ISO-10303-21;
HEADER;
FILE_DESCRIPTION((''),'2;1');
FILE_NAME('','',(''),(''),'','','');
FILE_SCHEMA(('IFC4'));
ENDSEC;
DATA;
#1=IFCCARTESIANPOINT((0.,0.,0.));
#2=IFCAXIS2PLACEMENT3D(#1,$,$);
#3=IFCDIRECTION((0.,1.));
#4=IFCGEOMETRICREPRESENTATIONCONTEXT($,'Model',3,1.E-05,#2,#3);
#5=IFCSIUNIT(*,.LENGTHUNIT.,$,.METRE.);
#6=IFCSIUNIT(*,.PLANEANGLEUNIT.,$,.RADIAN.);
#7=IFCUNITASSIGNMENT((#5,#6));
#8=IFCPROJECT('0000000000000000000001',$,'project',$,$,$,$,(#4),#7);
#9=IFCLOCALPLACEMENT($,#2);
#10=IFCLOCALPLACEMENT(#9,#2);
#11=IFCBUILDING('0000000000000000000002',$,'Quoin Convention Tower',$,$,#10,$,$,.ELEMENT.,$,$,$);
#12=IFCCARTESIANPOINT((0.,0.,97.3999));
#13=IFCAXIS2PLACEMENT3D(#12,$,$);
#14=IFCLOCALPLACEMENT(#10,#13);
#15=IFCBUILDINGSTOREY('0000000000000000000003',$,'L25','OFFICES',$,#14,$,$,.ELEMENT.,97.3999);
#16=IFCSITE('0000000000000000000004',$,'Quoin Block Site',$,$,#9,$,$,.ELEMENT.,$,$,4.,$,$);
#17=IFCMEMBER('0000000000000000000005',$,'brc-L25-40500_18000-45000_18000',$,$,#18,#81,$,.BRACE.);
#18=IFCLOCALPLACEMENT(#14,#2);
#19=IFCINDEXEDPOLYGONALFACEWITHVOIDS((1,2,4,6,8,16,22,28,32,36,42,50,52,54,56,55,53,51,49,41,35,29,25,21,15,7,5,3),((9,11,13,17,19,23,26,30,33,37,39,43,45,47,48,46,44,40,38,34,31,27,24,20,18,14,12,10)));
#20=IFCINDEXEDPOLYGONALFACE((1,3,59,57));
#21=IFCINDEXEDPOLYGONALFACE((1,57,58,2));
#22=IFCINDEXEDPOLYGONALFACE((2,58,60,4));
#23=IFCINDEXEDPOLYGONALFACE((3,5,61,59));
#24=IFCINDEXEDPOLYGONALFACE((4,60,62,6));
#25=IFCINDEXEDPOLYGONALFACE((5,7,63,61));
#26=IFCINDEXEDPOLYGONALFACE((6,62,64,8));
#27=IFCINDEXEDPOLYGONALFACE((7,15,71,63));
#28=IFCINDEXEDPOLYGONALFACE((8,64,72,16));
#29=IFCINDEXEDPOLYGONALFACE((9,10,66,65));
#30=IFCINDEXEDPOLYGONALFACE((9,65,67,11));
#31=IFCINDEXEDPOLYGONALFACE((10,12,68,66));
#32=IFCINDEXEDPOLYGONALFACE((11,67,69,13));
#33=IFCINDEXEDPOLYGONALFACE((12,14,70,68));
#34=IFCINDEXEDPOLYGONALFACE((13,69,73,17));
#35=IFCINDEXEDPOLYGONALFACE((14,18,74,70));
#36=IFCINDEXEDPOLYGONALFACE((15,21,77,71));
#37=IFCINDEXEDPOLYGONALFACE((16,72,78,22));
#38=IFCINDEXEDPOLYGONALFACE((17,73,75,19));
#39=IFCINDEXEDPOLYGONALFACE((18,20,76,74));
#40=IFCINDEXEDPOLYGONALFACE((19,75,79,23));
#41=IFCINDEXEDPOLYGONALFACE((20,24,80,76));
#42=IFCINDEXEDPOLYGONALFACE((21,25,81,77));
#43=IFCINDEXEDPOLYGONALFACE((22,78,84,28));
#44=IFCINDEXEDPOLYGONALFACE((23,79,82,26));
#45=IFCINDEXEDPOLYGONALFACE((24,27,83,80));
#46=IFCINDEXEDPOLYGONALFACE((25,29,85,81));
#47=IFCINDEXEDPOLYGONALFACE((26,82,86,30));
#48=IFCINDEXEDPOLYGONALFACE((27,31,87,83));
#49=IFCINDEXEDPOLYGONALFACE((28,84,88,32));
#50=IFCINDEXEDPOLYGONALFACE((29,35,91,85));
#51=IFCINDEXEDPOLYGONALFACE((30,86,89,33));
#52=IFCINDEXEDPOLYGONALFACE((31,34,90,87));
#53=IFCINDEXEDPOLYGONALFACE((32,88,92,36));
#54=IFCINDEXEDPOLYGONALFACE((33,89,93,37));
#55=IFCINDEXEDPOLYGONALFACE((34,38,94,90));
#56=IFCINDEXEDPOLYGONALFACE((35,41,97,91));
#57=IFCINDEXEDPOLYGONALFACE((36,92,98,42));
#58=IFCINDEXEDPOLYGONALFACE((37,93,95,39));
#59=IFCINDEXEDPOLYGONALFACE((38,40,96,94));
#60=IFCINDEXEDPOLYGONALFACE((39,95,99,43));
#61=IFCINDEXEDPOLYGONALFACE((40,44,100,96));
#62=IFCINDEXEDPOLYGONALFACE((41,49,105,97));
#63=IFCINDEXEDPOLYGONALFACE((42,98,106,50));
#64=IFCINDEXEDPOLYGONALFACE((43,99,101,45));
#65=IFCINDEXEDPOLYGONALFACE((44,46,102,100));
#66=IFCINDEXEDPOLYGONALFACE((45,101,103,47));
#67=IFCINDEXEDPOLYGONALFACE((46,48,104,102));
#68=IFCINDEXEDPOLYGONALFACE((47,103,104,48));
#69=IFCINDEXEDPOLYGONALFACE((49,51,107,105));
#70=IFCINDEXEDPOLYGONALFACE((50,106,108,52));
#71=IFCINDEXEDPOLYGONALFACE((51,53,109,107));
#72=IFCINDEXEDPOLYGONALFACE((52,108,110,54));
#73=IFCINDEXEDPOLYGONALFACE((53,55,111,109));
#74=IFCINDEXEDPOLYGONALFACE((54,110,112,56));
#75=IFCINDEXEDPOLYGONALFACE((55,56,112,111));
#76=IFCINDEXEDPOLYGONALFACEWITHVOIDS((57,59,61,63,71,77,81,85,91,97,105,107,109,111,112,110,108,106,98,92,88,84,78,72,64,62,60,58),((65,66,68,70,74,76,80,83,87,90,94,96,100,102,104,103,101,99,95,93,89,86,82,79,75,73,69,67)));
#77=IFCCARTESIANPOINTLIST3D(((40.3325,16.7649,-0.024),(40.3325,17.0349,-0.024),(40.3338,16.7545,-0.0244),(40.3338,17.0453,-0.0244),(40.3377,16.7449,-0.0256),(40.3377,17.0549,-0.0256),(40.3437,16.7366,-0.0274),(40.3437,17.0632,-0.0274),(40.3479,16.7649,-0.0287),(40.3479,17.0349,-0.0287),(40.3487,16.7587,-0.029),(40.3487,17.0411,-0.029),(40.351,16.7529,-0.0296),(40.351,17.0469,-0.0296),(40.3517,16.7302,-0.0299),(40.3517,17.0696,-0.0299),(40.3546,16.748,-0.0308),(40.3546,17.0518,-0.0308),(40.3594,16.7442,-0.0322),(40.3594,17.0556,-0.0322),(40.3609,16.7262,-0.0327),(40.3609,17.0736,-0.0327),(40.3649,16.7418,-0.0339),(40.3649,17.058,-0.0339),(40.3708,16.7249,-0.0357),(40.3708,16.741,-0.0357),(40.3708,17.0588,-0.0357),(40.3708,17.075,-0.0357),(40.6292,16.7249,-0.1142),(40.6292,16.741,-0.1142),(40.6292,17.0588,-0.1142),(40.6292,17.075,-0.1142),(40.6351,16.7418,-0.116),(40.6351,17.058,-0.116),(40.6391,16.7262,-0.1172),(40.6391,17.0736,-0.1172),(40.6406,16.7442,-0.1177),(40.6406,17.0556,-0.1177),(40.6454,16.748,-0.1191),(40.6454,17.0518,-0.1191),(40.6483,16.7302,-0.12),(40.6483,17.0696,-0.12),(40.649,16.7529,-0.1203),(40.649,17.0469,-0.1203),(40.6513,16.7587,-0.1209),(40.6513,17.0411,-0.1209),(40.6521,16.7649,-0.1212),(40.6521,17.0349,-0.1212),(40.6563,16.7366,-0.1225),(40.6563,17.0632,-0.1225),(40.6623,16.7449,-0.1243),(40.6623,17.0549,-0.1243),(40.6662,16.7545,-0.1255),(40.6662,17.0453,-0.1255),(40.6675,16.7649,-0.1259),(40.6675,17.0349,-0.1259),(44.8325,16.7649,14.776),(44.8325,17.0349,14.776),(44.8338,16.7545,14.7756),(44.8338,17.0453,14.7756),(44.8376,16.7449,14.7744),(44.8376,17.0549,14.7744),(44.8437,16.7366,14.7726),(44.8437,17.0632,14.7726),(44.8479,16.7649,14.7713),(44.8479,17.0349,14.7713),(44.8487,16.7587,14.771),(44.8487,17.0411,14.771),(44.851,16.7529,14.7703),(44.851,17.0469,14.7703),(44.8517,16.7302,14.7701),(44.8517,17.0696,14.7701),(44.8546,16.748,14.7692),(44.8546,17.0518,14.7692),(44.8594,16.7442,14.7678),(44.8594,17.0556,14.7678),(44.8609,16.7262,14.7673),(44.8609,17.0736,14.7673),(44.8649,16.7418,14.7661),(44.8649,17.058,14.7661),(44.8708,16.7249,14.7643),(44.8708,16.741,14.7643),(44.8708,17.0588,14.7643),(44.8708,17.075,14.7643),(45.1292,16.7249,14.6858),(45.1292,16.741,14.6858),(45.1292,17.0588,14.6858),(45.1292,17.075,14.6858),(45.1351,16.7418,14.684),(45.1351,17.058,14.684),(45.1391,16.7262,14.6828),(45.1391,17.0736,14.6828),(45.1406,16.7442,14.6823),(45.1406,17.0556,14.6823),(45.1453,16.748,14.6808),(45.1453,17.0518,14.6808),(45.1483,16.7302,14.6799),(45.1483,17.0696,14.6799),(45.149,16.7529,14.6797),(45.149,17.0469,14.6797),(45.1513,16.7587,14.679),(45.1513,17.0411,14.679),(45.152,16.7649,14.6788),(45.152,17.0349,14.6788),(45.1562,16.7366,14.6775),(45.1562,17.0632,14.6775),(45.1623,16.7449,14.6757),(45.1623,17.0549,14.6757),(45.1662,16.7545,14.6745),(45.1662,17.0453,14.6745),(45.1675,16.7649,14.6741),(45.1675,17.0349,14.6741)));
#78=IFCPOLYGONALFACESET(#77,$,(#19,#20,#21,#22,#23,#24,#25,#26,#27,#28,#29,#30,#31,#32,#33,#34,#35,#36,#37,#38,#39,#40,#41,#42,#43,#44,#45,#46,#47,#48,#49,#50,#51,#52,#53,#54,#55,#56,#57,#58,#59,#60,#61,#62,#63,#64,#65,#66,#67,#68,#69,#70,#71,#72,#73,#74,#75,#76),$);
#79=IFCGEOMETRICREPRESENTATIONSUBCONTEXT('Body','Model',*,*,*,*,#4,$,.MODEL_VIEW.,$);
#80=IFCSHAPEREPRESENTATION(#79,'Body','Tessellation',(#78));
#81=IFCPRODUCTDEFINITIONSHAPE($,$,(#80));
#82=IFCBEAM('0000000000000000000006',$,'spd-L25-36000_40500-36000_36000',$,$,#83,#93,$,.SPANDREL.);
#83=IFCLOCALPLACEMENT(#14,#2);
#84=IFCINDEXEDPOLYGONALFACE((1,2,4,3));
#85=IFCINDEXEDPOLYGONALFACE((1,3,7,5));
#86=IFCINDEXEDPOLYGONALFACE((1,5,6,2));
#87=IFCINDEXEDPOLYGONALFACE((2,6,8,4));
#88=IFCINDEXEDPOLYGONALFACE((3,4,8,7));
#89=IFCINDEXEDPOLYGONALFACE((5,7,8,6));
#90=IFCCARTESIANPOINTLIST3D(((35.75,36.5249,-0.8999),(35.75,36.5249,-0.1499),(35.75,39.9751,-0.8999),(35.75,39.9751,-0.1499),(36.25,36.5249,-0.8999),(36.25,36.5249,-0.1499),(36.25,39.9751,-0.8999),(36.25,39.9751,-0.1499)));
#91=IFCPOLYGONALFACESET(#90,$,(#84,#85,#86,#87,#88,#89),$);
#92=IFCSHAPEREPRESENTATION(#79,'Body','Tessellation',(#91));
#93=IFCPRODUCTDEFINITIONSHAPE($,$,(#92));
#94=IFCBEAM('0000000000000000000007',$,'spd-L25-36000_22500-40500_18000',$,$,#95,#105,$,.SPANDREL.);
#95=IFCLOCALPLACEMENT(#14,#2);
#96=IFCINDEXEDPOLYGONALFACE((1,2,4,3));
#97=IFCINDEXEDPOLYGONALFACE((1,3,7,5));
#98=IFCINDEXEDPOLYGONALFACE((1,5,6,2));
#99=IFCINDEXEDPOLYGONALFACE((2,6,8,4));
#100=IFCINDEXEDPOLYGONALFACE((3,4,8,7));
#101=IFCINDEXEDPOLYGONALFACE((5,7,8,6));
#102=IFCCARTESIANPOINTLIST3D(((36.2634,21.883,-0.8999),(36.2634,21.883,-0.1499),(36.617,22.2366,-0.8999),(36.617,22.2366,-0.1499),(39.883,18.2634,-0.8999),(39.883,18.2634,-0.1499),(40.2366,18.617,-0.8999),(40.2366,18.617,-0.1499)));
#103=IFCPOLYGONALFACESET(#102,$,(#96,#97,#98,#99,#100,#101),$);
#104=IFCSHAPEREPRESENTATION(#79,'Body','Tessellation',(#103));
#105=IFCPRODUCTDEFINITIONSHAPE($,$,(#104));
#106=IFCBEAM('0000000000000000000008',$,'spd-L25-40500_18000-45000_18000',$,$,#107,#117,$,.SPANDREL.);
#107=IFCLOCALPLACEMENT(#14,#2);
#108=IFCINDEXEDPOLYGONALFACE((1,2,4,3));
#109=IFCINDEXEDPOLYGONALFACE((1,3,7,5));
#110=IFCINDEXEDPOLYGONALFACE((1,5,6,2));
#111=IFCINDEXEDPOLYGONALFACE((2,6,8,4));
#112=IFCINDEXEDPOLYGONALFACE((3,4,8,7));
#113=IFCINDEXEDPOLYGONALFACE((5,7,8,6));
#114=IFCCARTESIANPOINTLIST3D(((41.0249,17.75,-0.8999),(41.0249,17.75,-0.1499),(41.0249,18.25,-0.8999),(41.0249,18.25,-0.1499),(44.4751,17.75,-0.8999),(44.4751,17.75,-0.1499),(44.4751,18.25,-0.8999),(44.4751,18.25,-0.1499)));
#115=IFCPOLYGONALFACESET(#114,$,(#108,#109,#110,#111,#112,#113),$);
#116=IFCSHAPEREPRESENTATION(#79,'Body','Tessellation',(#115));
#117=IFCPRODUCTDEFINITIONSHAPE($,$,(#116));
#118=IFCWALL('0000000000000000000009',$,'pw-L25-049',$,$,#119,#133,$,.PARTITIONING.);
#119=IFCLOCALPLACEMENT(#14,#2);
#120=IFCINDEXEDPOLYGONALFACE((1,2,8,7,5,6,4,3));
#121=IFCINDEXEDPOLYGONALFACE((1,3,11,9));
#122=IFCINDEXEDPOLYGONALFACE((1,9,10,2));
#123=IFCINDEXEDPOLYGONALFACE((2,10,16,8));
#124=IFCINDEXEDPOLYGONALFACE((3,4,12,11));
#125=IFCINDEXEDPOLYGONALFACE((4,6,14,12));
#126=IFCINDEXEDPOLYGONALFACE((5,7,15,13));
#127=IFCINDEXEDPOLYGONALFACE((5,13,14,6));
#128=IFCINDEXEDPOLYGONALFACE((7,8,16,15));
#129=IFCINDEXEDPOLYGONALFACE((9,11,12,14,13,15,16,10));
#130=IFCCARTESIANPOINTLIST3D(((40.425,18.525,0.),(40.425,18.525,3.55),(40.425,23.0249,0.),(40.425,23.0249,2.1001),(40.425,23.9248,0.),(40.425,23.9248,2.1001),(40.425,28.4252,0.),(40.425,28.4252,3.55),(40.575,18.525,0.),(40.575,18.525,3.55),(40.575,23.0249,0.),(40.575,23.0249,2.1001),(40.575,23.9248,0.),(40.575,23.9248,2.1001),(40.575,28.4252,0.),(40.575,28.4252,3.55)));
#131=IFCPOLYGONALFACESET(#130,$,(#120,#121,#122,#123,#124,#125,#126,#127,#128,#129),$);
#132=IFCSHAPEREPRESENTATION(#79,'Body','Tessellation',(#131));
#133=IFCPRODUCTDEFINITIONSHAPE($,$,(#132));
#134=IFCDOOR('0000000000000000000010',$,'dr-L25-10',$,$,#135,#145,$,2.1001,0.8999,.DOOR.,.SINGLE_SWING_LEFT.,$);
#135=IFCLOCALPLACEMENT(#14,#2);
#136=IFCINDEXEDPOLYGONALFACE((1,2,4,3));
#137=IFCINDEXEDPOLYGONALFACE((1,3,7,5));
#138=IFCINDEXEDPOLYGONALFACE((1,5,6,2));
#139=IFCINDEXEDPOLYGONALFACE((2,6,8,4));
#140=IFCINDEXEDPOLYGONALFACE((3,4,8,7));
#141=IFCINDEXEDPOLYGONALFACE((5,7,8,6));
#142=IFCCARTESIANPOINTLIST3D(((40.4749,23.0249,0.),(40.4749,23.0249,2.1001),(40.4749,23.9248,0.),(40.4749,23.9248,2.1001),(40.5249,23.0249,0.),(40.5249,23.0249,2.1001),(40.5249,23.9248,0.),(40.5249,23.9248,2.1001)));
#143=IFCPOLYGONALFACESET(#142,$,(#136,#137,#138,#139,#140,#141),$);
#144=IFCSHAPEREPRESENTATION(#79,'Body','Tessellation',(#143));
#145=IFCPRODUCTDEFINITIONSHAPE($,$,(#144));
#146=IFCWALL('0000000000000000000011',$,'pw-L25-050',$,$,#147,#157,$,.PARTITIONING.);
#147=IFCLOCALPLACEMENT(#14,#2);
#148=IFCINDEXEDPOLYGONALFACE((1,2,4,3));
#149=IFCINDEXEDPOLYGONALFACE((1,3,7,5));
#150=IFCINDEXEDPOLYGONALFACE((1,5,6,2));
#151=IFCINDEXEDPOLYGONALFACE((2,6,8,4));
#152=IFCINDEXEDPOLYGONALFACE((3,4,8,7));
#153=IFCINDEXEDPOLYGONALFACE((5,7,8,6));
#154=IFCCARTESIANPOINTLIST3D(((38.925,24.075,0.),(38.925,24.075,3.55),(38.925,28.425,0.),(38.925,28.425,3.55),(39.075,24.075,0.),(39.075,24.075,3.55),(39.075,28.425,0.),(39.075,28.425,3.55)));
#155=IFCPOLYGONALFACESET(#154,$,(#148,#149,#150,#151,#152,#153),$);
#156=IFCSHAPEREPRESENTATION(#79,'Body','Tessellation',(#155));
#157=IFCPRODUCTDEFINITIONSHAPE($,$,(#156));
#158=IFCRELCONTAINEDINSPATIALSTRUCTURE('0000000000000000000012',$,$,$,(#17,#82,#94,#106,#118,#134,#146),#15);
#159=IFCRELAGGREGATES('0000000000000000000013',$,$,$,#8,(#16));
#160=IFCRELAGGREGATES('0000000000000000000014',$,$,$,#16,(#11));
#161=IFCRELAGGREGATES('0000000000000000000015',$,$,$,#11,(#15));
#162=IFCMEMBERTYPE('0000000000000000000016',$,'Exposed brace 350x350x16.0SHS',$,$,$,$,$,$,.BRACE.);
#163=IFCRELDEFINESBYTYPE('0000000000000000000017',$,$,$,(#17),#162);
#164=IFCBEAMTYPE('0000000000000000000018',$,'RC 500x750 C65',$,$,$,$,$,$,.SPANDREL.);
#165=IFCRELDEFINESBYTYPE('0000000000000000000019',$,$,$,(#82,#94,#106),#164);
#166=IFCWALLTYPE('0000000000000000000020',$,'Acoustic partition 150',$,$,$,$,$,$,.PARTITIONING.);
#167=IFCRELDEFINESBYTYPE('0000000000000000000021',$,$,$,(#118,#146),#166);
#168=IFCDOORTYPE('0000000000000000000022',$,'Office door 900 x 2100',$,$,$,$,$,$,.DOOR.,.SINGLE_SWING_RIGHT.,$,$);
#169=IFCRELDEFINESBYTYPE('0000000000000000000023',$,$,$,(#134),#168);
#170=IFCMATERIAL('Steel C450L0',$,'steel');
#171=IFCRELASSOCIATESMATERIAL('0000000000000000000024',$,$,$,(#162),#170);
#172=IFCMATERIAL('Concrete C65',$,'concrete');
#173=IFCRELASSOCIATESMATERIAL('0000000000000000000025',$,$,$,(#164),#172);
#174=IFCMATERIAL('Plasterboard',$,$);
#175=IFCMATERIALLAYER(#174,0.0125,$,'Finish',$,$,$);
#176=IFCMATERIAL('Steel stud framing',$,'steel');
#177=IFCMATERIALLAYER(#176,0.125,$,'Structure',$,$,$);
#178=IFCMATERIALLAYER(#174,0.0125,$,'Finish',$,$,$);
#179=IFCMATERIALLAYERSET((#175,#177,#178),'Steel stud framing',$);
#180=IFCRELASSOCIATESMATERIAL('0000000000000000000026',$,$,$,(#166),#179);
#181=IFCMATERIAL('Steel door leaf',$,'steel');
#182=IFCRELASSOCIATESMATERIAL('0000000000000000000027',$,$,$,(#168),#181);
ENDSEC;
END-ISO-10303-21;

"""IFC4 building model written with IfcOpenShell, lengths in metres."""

from ifc_helpers import new_model, si_unit, direction, frame, frame_2d, origin, origin_2d, place, context, subcontext, project, spatial, rectangle, hollow_rectangle, extrude, material, layer, layer_set, material_profile, profile_set, type_object, element, fill, save


model = new_model("IFC4")

# Units and contexts
model_context = context("Model", 3, precision=1e-05, world=origin(), true_north=direction((0.0, 1.0)))
body_context = subcontext(model_context, "Body", "Model", "MODEL_VIEW")
ifc_project = project(units=[si_unit("LENGTHUNIT", "METRE"), si_unit("PLANEANGLEUNIT", "RADIAN")], contexts=[model_context])

# Site, building, storey
site_placement = place(None, origin())
site = spatial("IfcSite", under=ifc_project, at=site_placement, Name="Quoin Block Site", CompositionType="ELEMENT", RefElevation=4.0)
building_placement = place(site_placement, origin())
building = spatial("IfcBuilding", under=site, at=building_placement, Name="Quoin Convention Tower", CompositionType="ELEMENT")
storey_placement = place(building_placement, frame((0.0, 0.0, 97.3999)))
storey = spatial("IfcBuildingStorey", under=building, at=storey_placement, Name="L25", Description="OFFICES", CompositionType="ELEMENT", Elevation=97.3999)

# Shared definitions
ifc_material_1 = material(Name="Concrete C65", Category="concrete")

# Member
ifc_material_2 = material(Name="Steel C450L0", Category="steel")
ifc_material_profile_1 = material_profile(ifc_material_2, hollow_rectangle(XDim=0.3501, YDim=0.3501, WallThickness=0.0161, InnerFilletRadius=0.0239, OuterFilletRadius=0.04, at=origin_2d()), Name="350x350x16.0SHS")
ifc_profile_set_1 = profile_set([ifc_material_profile_1], Name="Steel C450L0")
member_type = type_object("IfcMemberType", Name="Exposed brace 350x350x16.0SHS", PredefinedType="BRACE", material=ifc_profile_set_1)
member_placement = place(storey_placement, frame((40.5, 16.8999, -0.075), z_axis=(0.290903, 0.0, 0.956752), x_axis=(0.0, 1.0, 0.0)))
element("IfcMember", 1, at=member_placement, inside=storey, type_object=member_type, Name="brc-L25-40500_18000-45000_18000", PredefinedType="BRACE", context=body_context, shape_type="SweptSolid", body=[
    extrude(hollow_rectangle(XDim=0.3501, YDim=0.3501, WallThickness=0.0161, InnerFilletRadius=0.0239, OuterFilletRadius=0.04, at=origin_2d()), origin(), (0.0, 0.0, 1.0), 15.469),
])

# Beams
ifc_material_profile_2 = material_profile(ifc_material_1, rectangle(XDim=0.5, YDim=0.75, at=origin_2d()), Name="RC 500x750")
ifc_profile_set_2 = profile_set([ifc_material_profile_2], Name="Concrete C65")
beam_type_1 = type_object("IfcBeamType", Name="RC 500x750 C65", PredefinedType="SPANDREL", material=ifc_profile_set_2)
beam_1_placement = place(storey_placement, frame((36.0, 39.9751, -0.5249), z_axis=(0.0, -1.0, 0.0), x_axis=(1.0, 0.0, 0.0)))
element("IfcBeam", 2, at=beam_1_placement, inside=storey, type_object=beam_type_1, Name="spd-L25-36000_40500-36000_36000", PredefinedType="SPANDREL", context=body_context, shape_type="SweptSolid", body=[
    extrude(rectangle(XDim=0.5, YDim=0.75, at=origin_2d()), origin(), (0.0, 0.0, 1.0), 3.4502),
])
beam_2_placement = place(storey_placement, frame((36.4402, 22.0598, -0.5249), z_axis=(0.707107, -0.707107, 0.0), x_axis=(0.707107, 0.707107, 0.0)))
element("IfcBeam", 3, at=beam_2_placement, inside=storey, type_object=beam_type_1, Name="spd-L25-36000_22500-40500_18000", PredefinedType="SPANDREL", context=body_context, shape_type="SweptSolid", body=[
    extrude(rectangle(XDim=0.5, YDim=0.75, at=origin_2d()), origin(), (0.0, 0.0, 1.0), 5.1189),
])
beam_3_placement = place(storey_placement, frame((41.0249, 18.0, -0.5249), z_axis=(1.0, 0.0, 0.0), x_axis=(0.0, 1.0, 0.0)))
element("IfcBeam", 4, at=beam_3_placement, inside=storey, type_object=beam_type_1, Name="spd-L25-40500_18000-45000_18000", PredefinedType="SPANDREL", context=body_context, shape_type="SweptSolid", body=[
    extrude(rectangle(XDim=0.5, YDim=0.75, at=origin_2d()), origin(), (0.0, 0.0, 1.0), 3.4502),
])

# Wall, opening, door
ifc_material_3 = material(Name="Plasterboard")
ifc_layer_1 = layer(ifc_material_3, 0.0125, Name="Finish")
ifc_material_4 = material(Name="Steel stud framing", Category="steel")
ifc_layer_2 = layer(ifc_material_4, 0.125, Name="Structure")
ifc_layer_3 = layer(ifc_material_3, 0.0125, Name="Finish")
ifc_layer_set_1 = layer_set([ifc_layer_1, ifc_layer_2, ifc_layer_3], Name="Steel stud framing")
wall_type_1 = type_object("IfcWallType", Name="Acoustic partition 150", PredefinedType="PARTITIONING", material=ifc_layer_set_1)
wall_1_placement = place(storey_placement, frame((40.5, 18.5249, 0.0), z_axis=(0.0, 0.0, 1.0), x_axis=(0.0, 1.0, 0.0)))
wall_1 = element("IfcWall", 5, at=wall_1_placement, inside=storey, type_object=wall_type_1, Name="pw-L25-049", PredefinedType="PARTITIONING", context=body_context, shape_type="SweptSolid", body=[
    extrude(rectangle(XDim=9.9001, YDim=0.1499, at=frame_2d((4.9502, 0.0))), origin(), (0.0, 0.0, 1.0), 3.55),
])
opening_1_placement = place(wall_1_placement, frame((4.5, 0.0, 0.0)))
opening_1 = element("IfcOpeningElement", 6, at=opening_1_placement, cuts=wall_1, PredefinedType="OPENING", context=body_context, shape_type="SweptSolid", body=[
    extrude(rectangle(XDim=0.8999, YDim=2.1001, at=frame_2d((0.45, 1.05))), frame((0.0, 0.085, 0.0), z_axis=(0.0, -1.0, 0.0), x_axis=(1.0, 0.0, 0.0)), (0.0, 0.0, 1.0), 0.1699),
])
ifc_material_5 = material(Name="Steel door leaf", Category="steel")
door_type_1 = type_object("IfcDoorType", Name="Office door 900 x 2100", OperationType="SINGLE_SWING_RIGHT", PredefinedType="DOOR", material=ifc_material_5)
door_1_placement = place(opening_1_placement, frame((0.8999, 0.0, 0.0), z_axis=(0.0, 0.0, 1.0), x_axis=(-1.0, 0.0, 0.0)))
door_1 = element("IfcDoor", 7, at=door_1_placement, inside=storey, type_object=door_type_1, Name="dr-L25-10", OperationType="SINGLE_SWING_LEFT", OverallHeight=2.1001, OverallWidth=0.8999, PredefinedType="DOOR", context=body_context, shape_type="SweptSolid", body=[
    extrude(rectangle(XDim=0.8999, YDim=2.1001, at=frame_2d((0.45, 1.05))), frame((0.0, 0.0249, 0.0), z_axis=(0.0, -1.0, 0.0), x_axis=(1.0, 0.0, 0.0)), (0.0, 0.0, 1.0), 0.05),
])
fill(opening_1, door_1)

# Wall
wall_2_placement = place(storey_placement, frame((39.0, 24.075, 0.0), z_axis=(0.0, 0.0, 1.0), x_axis=(0.0, 1.0, 0.0)))
element("IfcWall", 8, at=wall_2_placement, inside=storey, type_object=wall_type_1, Name="pw-L25-050", PredefinedType="PARTITIONING", context=body_context, shape_type="SweptSolid", body=[
    extrude(rectangle(XDim=4.3501, YDim=0.1499, at=frame_2d((2.175, 0.0))), origin(), (0.0, 0.0, 1.0), 3.55),
])

save(model, "model.ifc")
